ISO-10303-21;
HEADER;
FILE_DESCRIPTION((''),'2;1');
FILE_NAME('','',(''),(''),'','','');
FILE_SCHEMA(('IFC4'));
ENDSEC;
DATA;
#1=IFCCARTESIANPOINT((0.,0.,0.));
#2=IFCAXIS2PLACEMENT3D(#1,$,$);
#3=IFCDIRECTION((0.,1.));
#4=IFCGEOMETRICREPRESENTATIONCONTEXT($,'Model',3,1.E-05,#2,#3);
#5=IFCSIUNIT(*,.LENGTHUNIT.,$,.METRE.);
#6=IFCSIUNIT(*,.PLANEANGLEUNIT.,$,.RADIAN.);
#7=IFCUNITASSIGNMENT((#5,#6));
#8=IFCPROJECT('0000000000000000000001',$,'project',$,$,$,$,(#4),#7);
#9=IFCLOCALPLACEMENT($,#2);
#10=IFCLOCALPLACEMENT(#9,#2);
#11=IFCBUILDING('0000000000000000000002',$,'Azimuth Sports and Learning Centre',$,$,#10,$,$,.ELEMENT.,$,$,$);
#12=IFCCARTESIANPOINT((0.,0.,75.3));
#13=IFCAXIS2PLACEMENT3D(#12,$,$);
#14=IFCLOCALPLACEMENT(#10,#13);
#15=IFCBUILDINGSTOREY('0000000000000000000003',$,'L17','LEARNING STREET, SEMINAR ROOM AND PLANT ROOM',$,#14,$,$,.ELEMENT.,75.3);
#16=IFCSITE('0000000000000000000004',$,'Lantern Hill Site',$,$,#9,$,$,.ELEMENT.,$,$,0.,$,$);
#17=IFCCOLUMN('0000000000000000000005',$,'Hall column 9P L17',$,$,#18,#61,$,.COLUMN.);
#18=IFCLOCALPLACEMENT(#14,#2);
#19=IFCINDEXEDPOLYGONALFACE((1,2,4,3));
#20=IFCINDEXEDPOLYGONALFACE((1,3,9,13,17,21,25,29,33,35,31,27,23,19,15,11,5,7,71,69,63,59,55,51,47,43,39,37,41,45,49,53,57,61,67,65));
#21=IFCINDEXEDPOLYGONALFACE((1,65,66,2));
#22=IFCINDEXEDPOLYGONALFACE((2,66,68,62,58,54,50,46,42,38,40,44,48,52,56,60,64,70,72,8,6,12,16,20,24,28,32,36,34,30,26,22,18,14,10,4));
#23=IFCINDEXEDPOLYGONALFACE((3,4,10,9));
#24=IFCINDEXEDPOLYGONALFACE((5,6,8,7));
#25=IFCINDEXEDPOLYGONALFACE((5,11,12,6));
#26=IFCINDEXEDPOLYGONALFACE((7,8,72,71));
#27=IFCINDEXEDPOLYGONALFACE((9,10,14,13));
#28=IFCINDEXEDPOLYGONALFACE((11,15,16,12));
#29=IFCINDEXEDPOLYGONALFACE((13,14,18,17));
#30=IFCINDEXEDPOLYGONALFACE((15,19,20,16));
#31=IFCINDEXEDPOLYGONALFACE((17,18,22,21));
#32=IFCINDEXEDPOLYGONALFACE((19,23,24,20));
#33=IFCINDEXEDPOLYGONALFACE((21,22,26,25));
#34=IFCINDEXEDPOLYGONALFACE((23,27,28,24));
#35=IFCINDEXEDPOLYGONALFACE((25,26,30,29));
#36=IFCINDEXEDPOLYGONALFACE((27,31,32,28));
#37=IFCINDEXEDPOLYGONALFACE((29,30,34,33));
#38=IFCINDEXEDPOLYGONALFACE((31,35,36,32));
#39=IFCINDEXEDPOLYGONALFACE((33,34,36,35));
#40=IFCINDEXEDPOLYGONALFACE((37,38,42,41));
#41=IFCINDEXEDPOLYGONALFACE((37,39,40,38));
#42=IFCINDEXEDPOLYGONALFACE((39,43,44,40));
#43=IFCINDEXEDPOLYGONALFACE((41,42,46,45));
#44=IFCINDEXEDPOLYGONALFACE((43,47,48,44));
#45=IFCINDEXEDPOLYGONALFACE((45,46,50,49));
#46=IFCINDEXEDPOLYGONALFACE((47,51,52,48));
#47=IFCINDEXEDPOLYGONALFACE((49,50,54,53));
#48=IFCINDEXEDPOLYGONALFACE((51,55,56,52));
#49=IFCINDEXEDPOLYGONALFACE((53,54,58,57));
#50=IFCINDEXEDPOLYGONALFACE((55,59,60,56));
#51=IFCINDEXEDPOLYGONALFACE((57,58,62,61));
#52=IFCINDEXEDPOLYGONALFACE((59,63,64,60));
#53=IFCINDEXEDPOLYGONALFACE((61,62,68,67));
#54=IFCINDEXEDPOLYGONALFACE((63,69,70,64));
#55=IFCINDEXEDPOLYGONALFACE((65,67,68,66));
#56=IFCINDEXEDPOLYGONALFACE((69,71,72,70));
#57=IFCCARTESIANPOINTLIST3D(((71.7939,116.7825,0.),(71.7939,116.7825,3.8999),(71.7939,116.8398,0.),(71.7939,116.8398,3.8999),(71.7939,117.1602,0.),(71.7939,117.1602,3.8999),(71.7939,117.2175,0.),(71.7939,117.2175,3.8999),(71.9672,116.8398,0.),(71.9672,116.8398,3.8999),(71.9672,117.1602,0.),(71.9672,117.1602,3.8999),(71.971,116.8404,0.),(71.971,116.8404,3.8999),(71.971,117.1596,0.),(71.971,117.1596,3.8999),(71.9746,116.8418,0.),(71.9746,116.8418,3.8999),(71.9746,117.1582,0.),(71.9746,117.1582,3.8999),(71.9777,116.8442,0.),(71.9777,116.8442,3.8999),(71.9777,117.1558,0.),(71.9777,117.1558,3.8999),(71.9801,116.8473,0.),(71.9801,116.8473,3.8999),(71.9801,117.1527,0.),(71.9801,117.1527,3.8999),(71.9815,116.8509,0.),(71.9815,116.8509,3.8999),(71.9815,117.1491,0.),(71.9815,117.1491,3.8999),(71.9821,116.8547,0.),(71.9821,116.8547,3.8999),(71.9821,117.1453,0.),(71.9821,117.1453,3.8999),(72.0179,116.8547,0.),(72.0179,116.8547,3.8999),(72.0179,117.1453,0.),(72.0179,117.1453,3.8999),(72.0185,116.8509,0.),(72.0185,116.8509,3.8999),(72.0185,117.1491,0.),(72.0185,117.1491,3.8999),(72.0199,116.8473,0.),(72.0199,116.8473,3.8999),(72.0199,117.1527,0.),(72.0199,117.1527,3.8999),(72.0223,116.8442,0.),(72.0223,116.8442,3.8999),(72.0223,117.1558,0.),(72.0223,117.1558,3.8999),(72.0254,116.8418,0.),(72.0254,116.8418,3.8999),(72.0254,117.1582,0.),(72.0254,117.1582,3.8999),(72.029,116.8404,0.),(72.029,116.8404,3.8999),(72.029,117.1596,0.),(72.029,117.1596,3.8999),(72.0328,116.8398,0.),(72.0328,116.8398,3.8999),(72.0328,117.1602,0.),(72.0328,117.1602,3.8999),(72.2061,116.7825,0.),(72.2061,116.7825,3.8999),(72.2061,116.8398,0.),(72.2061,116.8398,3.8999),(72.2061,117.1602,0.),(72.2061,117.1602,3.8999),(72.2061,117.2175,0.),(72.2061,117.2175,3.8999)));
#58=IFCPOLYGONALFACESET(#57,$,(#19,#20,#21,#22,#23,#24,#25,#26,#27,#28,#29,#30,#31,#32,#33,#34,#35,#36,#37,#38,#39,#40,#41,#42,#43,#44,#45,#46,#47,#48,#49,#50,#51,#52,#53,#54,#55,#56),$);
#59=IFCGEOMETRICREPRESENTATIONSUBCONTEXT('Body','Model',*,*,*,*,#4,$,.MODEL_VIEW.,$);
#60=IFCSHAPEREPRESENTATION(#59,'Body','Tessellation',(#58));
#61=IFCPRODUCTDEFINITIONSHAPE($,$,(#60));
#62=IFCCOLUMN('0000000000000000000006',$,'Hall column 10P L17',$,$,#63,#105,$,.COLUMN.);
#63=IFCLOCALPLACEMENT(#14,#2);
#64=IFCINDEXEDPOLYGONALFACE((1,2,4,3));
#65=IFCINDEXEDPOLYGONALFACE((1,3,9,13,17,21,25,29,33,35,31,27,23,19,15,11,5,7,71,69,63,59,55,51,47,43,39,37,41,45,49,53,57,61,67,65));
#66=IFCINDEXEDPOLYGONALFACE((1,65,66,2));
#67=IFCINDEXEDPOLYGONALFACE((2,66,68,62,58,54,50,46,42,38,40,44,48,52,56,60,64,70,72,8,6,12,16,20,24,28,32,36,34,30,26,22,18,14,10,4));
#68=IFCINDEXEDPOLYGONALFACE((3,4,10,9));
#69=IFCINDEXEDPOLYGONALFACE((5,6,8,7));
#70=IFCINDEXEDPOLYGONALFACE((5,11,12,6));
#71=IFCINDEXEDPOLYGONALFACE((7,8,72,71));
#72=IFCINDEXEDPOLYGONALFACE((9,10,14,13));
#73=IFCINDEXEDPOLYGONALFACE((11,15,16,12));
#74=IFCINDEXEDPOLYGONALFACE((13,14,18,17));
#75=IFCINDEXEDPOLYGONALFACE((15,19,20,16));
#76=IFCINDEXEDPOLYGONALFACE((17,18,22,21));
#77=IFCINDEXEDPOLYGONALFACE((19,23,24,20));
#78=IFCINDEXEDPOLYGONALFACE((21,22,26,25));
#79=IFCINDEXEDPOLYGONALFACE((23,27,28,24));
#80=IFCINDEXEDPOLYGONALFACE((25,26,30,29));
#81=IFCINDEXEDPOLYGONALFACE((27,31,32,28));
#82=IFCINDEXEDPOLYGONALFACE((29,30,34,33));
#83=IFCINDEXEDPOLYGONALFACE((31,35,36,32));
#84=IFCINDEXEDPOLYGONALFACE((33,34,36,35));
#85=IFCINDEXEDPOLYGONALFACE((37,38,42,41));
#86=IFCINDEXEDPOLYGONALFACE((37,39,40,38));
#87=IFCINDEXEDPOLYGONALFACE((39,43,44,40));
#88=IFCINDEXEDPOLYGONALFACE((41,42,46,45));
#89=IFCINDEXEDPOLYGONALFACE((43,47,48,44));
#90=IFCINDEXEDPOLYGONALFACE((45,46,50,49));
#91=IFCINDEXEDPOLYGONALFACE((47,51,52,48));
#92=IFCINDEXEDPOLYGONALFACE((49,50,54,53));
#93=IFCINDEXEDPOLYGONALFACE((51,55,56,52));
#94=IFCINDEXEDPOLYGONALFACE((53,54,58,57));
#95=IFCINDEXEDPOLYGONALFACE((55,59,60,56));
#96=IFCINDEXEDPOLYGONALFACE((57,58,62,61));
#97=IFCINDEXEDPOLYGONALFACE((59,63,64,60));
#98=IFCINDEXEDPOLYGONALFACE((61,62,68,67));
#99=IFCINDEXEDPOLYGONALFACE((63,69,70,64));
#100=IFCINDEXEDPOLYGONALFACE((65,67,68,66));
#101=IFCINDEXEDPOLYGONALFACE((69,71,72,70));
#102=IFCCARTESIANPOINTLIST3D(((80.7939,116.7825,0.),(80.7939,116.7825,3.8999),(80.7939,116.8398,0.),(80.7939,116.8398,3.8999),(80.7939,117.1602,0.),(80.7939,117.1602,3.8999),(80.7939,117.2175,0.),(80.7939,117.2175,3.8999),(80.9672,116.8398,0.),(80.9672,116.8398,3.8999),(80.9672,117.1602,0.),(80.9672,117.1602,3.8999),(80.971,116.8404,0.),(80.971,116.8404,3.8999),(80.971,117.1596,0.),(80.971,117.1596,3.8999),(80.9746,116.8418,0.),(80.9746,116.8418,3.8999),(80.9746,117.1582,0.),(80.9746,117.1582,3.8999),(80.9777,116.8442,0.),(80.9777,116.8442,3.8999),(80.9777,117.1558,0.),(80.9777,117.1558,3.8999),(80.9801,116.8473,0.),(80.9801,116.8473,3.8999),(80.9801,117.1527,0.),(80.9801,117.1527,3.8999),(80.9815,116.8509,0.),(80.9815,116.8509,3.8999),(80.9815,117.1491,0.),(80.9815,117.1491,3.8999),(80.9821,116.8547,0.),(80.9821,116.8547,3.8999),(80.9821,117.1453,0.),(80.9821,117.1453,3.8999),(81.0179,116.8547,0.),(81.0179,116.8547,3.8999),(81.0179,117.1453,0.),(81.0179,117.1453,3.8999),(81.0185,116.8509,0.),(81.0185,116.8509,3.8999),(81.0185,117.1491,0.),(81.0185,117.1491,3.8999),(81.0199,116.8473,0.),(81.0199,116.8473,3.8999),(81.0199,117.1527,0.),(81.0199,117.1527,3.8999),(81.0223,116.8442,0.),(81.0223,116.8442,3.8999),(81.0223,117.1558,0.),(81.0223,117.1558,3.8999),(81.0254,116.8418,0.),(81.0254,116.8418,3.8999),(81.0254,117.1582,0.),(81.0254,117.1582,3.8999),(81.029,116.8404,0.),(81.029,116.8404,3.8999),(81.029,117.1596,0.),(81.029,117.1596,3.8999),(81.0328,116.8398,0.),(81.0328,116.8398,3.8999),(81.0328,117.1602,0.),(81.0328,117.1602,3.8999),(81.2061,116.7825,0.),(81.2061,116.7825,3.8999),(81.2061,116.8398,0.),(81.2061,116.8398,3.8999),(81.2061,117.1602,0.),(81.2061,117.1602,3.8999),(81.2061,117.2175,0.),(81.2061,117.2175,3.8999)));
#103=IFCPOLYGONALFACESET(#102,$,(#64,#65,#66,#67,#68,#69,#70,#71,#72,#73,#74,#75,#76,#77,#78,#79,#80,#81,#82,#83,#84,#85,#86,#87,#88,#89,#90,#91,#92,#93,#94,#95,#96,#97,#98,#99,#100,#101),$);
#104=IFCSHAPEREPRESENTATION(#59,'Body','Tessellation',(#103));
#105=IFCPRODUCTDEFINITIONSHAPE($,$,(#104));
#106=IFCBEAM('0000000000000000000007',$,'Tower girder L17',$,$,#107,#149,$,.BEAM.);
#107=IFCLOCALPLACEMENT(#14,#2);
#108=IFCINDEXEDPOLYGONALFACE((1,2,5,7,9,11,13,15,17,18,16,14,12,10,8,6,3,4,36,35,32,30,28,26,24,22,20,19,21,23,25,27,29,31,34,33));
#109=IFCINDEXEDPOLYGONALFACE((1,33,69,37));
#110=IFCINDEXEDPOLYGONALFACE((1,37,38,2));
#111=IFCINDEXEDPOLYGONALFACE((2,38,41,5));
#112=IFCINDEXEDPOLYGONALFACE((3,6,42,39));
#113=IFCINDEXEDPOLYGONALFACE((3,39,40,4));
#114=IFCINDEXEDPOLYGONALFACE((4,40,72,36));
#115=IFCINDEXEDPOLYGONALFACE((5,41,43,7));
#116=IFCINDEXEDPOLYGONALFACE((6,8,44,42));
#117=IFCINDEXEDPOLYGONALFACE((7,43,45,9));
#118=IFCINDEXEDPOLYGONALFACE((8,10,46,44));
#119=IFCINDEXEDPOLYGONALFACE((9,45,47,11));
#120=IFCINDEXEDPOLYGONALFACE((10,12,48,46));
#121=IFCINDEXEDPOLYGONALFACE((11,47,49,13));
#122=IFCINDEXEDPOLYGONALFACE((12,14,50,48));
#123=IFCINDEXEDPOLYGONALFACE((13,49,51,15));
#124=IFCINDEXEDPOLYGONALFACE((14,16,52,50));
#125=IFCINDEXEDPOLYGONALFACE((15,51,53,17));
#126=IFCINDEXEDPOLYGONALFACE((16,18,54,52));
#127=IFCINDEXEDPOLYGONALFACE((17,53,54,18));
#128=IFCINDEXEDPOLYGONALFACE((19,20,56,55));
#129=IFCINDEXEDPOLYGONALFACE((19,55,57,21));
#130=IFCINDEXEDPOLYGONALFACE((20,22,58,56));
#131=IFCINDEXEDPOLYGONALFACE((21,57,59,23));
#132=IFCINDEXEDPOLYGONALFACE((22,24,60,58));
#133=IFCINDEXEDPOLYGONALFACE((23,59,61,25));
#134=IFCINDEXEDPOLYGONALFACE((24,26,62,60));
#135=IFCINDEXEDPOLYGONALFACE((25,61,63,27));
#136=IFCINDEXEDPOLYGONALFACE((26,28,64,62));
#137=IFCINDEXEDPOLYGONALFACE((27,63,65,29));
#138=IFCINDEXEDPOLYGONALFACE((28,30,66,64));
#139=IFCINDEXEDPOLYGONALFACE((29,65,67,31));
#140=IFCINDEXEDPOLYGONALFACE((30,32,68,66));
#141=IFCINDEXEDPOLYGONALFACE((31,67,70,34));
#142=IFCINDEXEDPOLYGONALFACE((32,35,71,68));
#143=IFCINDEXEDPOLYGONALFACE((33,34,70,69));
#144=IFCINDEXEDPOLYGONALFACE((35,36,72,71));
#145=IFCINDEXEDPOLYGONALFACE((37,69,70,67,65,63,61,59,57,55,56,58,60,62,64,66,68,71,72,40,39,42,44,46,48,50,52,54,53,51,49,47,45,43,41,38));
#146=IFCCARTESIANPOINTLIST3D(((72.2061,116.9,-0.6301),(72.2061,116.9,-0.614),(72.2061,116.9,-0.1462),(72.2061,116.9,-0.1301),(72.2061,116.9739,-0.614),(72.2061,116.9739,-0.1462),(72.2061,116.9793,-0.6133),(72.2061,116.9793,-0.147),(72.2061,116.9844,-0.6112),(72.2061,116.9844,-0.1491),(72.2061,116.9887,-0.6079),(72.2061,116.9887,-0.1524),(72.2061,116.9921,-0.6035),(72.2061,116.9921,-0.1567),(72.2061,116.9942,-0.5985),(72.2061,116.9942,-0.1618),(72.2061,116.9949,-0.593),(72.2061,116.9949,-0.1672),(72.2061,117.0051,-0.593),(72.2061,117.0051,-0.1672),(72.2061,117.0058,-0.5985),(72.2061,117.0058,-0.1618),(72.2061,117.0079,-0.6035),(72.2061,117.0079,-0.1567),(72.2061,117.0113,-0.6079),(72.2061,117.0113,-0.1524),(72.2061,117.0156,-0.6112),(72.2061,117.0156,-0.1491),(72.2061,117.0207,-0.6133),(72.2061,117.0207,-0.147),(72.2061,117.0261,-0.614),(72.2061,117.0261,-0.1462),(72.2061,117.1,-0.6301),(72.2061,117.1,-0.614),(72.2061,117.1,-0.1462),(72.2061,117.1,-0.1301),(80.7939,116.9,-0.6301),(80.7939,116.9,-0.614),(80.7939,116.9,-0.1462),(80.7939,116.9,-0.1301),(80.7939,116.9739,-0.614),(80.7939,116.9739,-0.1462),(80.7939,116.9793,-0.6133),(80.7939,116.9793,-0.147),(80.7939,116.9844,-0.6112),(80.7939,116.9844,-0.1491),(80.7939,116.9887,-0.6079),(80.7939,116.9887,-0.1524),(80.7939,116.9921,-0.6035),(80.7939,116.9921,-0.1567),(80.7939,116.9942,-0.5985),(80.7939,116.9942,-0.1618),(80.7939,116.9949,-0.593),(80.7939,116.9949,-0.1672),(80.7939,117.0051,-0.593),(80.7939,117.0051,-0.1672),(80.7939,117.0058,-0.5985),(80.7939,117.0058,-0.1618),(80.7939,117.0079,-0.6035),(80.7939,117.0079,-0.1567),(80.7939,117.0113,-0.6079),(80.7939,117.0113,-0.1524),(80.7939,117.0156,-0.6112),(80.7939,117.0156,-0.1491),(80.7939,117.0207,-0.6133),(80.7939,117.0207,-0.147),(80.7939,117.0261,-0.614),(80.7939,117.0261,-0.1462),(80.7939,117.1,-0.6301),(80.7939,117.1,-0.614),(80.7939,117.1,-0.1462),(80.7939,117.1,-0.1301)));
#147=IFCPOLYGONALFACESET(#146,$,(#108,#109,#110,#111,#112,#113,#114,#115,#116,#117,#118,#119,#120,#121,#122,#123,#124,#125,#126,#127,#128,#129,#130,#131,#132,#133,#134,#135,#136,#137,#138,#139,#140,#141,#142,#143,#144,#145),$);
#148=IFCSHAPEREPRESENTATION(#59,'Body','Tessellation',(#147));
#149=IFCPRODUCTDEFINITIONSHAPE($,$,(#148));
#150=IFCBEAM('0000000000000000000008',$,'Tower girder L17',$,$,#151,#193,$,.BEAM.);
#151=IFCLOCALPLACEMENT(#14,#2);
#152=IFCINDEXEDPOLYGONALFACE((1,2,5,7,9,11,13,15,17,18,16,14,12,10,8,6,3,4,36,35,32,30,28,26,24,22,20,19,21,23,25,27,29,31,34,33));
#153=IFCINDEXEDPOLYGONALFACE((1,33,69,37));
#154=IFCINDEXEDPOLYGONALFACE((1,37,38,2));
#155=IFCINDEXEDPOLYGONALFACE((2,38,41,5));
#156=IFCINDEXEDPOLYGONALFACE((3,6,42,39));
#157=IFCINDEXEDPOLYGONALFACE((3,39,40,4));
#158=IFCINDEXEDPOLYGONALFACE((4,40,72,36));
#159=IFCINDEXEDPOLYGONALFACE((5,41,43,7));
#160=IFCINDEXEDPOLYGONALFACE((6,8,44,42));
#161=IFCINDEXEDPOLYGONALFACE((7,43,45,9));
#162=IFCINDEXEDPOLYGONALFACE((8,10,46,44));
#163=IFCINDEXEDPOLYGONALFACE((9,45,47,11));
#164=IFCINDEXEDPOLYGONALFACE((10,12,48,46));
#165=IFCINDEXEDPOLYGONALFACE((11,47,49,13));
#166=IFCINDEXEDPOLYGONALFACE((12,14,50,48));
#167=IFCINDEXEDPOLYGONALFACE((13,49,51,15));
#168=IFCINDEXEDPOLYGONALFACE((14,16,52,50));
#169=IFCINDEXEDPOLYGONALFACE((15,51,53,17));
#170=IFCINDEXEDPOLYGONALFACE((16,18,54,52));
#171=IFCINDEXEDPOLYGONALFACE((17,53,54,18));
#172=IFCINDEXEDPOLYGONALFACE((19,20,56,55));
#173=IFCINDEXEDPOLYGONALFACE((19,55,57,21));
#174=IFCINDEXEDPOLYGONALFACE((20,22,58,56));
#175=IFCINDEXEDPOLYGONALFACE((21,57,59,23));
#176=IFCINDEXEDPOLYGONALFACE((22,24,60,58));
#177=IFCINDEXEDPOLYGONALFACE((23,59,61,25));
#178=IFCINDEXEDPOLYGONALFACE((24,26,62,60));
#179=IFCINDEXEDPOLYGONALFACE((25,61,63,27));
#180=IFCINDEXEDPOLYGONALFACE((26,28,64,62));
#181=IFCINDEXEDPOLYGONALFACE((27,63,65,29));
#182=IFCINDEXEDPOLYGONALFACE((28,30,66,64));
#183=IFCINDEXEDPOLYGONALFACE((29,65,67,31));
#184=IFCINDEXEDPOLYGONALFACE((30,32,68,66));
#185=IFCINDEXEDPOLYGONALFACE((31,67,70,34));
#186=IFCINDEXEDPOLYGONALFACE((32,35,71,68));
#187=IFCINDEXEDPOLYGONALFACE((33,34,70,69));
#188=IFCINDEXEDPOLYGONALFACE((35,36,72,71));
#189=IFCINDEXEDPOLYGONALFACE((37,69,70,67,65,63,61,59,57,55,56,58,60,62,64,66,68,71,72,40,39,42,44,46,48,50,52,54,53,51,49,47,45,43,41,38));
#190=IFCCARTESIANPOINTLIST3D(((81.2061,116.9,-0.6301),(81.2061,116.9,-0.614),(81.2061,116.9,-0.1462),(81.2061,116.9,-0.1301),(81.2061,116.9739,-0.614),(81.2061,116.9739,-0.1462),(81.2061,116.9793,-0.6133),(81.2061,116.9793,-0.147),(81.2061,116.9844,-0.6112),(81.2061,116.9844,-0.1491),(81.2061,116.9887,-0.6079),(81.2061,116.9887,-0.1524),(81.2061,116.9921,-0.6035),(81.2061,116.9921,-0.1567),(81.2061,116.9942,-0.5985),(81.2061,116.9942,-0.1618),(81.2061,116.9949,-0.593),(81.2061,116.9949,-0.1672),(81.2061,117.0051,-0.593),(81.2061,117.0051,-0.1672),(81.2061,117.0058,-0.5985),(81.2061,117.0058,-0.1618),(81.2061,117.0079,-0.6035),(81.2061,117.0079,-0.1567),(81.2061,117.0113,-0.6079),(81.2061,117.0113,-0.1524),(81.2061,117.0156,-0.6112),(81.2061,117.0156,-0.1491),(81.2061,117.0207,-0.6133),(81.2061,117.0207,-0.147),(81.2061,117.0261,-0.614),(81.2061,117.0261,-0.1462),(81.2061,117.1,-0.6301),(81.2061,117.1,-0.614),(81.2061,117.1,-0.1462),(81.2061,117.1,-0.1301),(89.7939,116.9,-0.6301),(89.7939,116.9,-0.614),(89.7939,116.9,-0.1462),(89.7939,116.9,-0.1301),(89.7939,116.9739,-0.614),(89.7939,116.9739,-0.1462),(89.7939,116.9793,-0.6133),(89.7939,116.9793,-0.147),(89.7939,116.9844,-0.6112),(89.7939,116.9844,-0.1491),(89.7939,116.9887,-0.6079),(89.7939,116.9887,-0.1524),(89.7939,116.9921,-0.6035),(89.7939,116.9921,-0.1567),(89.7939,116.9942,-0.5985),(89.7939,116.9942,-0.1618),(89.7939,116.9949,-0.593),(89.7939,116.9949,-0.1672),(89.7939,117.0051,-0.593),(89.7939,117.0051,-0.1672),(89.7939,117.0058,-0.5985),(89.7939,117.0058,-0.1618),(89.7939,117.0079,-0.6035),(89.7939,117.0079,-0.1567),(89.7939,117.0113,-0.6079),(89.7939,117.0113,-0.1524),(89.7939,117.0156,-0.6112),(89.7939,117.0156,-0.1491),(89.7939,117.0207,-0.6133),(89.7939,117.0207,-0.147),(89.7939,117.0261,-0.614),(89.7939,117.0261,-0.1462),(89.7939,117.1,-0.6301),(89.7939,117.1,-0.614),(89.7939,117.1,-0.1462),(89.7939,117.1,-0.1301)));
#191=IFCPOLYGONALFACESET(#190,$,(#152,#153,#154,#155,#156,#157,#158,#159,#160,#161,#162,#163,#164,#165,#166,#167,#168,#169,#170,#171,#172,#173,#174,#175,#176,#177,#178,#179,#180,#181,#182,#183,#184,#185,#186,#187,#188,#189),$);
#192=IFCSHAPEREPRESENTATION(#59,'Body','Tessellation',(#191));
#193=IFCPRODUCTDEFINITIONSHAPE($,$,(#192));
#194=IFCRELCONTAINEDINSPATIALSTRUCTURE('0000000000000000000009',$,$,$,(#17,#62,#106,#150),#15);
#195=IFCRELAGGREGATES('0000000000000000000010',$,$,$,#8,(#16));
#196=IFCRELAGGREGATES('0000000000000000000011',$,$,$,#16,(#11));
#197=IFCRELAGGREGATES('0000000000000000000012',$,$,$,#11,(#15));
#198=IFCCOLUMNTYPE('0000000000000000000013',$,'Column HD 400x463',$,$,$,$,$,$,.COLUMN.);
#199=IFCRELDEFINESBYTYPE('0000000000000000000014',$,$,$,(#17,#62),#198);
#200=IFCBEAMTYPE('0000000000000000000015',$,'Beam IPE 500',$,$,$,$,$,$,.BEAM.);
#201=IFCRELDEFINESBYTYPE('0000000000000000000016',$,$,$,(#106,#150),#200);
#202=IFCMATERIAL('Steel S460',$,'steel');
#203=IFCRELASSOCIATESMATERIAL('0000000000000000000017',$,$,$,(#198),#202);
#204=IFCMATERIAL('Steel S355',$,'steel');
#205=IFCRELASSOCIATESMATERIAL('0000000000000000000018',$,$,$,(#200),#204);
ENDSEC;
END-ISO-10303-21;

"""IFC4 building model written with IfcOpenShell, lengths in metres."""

from ifc_helpers import new_model, si_unit, direction, frame, origin, origin_2d, place, context, subcontext, project, spatial, i_section, extrude, material, material_profile, profile_set, type_object, element, save


model = new_model("IFC4")

# Units and contexts
model_context = context("Model", 3, precision=1e-05, world=origin(), true_north=direction((0.0, 1.0)))
body_context = subcontext(model_context, "Body", "Model", "MODEL_VIEW")
ifc_project = project(units=[si_unit("LENGTHUNIT", "METRE"), si_unit("PLANEANGLEUNIT", "RADIAN")], contexts=[model_context])

# Site, building, storey
site_placement = place(None, origin())
site = spatial("IfcSite", under=ifc_project, at=site_placement, Name="Lantern Hill Site", CompositionType="ELEMENT", RefElevation=0.0)
building_placement = place(site_placement, origin())
building = spatial("IfcBuilding", under=site, at=building_placement, Name="Azimuth Sports and Learning Centre", CompositionType="ELEMENT")
storey_placement = place(building_placement, frame((0.0, 0.0, 75.3)))
storey = spatial("IfcBuildingStorey", under=building, at=storey_placement, Name="L17", Description="LEARNING STREET, SEMINAR ROOM AND PLANT ROOM", CompositionType="ELEMENT", Elevation=75.3)

# Columns
ifc_material_1 = material(Name="Steel S460", Category="steel")
ifc_material_profile_1 = material_profile(ifc_material_1, i_section(OverallWidth=0.4121, OverallDepth=0.4351, WebThickness=0.0359, FlangeThickness=0.0574, FilletRadius=0.0149, at=origin_2d()), Name="HD 400x463")
ifc_profile_set_1 = profile_set([ifc_material_profile_1], Name="Steel S460")
column_type = type_object("IfcColumnType", Name="Column HD 400x463", PredefinedType="COLUMN", material=ifc_profile_set_1)
for number, where, z_axis, x_axis, name in (
    (1, (72.0, 117.0, 0.0), (0.0, 0.0, 1.0), (1.0, 0.0, 0.0), "Hall column 9P L17"),
    (2, (81.0, 117.0, 0.0), (0.0, 0.0, 1.0), (1.0, 0.0, 0.0), "Hall column 10P L17"),
):
    element("IfcColumn", number, at=place(storey_placement, frame(where, z_axis=z_axis, x_axis=x_axis)), inside=storey, type_object=column_type, Name=name, PredefinedType="COLUMN", context=body_context, shape_type="SweptSolid", body=[
        extrude(i_section(OverallWidth=0.4121, OverallDepth=0.4351, WebThickness=0.0359, FlangeThickness=0.0574, FilletRadius=0.0149, at=origin_2d()), origin(), (0.0, 0.0, 1.0), 3.8999),
    ])

# Beams
ifc_material_2 = material(Name="Steel S355", Category="steel")
ifc_material_profile_2 = material_profile(ifc_material_2, i_section(OverallWidth=0.2, OverallDepth=0.5, WebThickness=0.0103, FlangeThickness=0.0161, FilletRadius=0.021, at=origin_2d()), Name="IPE 500")
ifc_profile_set_2 = profile_set([ifc_material_profile_2], Name="Steel S355")
beam_type_1 = type_object("IfcBeamType", Name="Beam IPE 500", PredefinedType="BEAM", material=ifc_profile_set_2)
for number, where, z_axis, x_axis, name in (
    (3, (72.2061, 117.0, -0.3801), (1.0, 0.0, 0.0), (0.0, 1.0, 0.0), "Tower girder L17"),
    (4, (81.2061, 117.0, -0.3801), (1.0, 0.0, 0.0), (0.0, 1.0, 0.0), "Tower girder L17"),
):
    element("IfcBeam", number, at=place(storey_placement, frame(where, z_axis=z_axis, x_axis=x_axis)), inside=storey, type_object=beam_type_1, Name=name, PredefinedType="BEAM", context=body_context, shape_type="SweptSolid", body=[
        extrude(i_section(OverallWidth=0.2, OverallDepth=0.5, WebThickness=0.0103, FlangeThickness=0.0161, FilletRadius=0.021, at=origin_2d()), origin(), (0.0, 0.0, 1.0), 8.5879),
    ])

save(model, "model.ifc")
